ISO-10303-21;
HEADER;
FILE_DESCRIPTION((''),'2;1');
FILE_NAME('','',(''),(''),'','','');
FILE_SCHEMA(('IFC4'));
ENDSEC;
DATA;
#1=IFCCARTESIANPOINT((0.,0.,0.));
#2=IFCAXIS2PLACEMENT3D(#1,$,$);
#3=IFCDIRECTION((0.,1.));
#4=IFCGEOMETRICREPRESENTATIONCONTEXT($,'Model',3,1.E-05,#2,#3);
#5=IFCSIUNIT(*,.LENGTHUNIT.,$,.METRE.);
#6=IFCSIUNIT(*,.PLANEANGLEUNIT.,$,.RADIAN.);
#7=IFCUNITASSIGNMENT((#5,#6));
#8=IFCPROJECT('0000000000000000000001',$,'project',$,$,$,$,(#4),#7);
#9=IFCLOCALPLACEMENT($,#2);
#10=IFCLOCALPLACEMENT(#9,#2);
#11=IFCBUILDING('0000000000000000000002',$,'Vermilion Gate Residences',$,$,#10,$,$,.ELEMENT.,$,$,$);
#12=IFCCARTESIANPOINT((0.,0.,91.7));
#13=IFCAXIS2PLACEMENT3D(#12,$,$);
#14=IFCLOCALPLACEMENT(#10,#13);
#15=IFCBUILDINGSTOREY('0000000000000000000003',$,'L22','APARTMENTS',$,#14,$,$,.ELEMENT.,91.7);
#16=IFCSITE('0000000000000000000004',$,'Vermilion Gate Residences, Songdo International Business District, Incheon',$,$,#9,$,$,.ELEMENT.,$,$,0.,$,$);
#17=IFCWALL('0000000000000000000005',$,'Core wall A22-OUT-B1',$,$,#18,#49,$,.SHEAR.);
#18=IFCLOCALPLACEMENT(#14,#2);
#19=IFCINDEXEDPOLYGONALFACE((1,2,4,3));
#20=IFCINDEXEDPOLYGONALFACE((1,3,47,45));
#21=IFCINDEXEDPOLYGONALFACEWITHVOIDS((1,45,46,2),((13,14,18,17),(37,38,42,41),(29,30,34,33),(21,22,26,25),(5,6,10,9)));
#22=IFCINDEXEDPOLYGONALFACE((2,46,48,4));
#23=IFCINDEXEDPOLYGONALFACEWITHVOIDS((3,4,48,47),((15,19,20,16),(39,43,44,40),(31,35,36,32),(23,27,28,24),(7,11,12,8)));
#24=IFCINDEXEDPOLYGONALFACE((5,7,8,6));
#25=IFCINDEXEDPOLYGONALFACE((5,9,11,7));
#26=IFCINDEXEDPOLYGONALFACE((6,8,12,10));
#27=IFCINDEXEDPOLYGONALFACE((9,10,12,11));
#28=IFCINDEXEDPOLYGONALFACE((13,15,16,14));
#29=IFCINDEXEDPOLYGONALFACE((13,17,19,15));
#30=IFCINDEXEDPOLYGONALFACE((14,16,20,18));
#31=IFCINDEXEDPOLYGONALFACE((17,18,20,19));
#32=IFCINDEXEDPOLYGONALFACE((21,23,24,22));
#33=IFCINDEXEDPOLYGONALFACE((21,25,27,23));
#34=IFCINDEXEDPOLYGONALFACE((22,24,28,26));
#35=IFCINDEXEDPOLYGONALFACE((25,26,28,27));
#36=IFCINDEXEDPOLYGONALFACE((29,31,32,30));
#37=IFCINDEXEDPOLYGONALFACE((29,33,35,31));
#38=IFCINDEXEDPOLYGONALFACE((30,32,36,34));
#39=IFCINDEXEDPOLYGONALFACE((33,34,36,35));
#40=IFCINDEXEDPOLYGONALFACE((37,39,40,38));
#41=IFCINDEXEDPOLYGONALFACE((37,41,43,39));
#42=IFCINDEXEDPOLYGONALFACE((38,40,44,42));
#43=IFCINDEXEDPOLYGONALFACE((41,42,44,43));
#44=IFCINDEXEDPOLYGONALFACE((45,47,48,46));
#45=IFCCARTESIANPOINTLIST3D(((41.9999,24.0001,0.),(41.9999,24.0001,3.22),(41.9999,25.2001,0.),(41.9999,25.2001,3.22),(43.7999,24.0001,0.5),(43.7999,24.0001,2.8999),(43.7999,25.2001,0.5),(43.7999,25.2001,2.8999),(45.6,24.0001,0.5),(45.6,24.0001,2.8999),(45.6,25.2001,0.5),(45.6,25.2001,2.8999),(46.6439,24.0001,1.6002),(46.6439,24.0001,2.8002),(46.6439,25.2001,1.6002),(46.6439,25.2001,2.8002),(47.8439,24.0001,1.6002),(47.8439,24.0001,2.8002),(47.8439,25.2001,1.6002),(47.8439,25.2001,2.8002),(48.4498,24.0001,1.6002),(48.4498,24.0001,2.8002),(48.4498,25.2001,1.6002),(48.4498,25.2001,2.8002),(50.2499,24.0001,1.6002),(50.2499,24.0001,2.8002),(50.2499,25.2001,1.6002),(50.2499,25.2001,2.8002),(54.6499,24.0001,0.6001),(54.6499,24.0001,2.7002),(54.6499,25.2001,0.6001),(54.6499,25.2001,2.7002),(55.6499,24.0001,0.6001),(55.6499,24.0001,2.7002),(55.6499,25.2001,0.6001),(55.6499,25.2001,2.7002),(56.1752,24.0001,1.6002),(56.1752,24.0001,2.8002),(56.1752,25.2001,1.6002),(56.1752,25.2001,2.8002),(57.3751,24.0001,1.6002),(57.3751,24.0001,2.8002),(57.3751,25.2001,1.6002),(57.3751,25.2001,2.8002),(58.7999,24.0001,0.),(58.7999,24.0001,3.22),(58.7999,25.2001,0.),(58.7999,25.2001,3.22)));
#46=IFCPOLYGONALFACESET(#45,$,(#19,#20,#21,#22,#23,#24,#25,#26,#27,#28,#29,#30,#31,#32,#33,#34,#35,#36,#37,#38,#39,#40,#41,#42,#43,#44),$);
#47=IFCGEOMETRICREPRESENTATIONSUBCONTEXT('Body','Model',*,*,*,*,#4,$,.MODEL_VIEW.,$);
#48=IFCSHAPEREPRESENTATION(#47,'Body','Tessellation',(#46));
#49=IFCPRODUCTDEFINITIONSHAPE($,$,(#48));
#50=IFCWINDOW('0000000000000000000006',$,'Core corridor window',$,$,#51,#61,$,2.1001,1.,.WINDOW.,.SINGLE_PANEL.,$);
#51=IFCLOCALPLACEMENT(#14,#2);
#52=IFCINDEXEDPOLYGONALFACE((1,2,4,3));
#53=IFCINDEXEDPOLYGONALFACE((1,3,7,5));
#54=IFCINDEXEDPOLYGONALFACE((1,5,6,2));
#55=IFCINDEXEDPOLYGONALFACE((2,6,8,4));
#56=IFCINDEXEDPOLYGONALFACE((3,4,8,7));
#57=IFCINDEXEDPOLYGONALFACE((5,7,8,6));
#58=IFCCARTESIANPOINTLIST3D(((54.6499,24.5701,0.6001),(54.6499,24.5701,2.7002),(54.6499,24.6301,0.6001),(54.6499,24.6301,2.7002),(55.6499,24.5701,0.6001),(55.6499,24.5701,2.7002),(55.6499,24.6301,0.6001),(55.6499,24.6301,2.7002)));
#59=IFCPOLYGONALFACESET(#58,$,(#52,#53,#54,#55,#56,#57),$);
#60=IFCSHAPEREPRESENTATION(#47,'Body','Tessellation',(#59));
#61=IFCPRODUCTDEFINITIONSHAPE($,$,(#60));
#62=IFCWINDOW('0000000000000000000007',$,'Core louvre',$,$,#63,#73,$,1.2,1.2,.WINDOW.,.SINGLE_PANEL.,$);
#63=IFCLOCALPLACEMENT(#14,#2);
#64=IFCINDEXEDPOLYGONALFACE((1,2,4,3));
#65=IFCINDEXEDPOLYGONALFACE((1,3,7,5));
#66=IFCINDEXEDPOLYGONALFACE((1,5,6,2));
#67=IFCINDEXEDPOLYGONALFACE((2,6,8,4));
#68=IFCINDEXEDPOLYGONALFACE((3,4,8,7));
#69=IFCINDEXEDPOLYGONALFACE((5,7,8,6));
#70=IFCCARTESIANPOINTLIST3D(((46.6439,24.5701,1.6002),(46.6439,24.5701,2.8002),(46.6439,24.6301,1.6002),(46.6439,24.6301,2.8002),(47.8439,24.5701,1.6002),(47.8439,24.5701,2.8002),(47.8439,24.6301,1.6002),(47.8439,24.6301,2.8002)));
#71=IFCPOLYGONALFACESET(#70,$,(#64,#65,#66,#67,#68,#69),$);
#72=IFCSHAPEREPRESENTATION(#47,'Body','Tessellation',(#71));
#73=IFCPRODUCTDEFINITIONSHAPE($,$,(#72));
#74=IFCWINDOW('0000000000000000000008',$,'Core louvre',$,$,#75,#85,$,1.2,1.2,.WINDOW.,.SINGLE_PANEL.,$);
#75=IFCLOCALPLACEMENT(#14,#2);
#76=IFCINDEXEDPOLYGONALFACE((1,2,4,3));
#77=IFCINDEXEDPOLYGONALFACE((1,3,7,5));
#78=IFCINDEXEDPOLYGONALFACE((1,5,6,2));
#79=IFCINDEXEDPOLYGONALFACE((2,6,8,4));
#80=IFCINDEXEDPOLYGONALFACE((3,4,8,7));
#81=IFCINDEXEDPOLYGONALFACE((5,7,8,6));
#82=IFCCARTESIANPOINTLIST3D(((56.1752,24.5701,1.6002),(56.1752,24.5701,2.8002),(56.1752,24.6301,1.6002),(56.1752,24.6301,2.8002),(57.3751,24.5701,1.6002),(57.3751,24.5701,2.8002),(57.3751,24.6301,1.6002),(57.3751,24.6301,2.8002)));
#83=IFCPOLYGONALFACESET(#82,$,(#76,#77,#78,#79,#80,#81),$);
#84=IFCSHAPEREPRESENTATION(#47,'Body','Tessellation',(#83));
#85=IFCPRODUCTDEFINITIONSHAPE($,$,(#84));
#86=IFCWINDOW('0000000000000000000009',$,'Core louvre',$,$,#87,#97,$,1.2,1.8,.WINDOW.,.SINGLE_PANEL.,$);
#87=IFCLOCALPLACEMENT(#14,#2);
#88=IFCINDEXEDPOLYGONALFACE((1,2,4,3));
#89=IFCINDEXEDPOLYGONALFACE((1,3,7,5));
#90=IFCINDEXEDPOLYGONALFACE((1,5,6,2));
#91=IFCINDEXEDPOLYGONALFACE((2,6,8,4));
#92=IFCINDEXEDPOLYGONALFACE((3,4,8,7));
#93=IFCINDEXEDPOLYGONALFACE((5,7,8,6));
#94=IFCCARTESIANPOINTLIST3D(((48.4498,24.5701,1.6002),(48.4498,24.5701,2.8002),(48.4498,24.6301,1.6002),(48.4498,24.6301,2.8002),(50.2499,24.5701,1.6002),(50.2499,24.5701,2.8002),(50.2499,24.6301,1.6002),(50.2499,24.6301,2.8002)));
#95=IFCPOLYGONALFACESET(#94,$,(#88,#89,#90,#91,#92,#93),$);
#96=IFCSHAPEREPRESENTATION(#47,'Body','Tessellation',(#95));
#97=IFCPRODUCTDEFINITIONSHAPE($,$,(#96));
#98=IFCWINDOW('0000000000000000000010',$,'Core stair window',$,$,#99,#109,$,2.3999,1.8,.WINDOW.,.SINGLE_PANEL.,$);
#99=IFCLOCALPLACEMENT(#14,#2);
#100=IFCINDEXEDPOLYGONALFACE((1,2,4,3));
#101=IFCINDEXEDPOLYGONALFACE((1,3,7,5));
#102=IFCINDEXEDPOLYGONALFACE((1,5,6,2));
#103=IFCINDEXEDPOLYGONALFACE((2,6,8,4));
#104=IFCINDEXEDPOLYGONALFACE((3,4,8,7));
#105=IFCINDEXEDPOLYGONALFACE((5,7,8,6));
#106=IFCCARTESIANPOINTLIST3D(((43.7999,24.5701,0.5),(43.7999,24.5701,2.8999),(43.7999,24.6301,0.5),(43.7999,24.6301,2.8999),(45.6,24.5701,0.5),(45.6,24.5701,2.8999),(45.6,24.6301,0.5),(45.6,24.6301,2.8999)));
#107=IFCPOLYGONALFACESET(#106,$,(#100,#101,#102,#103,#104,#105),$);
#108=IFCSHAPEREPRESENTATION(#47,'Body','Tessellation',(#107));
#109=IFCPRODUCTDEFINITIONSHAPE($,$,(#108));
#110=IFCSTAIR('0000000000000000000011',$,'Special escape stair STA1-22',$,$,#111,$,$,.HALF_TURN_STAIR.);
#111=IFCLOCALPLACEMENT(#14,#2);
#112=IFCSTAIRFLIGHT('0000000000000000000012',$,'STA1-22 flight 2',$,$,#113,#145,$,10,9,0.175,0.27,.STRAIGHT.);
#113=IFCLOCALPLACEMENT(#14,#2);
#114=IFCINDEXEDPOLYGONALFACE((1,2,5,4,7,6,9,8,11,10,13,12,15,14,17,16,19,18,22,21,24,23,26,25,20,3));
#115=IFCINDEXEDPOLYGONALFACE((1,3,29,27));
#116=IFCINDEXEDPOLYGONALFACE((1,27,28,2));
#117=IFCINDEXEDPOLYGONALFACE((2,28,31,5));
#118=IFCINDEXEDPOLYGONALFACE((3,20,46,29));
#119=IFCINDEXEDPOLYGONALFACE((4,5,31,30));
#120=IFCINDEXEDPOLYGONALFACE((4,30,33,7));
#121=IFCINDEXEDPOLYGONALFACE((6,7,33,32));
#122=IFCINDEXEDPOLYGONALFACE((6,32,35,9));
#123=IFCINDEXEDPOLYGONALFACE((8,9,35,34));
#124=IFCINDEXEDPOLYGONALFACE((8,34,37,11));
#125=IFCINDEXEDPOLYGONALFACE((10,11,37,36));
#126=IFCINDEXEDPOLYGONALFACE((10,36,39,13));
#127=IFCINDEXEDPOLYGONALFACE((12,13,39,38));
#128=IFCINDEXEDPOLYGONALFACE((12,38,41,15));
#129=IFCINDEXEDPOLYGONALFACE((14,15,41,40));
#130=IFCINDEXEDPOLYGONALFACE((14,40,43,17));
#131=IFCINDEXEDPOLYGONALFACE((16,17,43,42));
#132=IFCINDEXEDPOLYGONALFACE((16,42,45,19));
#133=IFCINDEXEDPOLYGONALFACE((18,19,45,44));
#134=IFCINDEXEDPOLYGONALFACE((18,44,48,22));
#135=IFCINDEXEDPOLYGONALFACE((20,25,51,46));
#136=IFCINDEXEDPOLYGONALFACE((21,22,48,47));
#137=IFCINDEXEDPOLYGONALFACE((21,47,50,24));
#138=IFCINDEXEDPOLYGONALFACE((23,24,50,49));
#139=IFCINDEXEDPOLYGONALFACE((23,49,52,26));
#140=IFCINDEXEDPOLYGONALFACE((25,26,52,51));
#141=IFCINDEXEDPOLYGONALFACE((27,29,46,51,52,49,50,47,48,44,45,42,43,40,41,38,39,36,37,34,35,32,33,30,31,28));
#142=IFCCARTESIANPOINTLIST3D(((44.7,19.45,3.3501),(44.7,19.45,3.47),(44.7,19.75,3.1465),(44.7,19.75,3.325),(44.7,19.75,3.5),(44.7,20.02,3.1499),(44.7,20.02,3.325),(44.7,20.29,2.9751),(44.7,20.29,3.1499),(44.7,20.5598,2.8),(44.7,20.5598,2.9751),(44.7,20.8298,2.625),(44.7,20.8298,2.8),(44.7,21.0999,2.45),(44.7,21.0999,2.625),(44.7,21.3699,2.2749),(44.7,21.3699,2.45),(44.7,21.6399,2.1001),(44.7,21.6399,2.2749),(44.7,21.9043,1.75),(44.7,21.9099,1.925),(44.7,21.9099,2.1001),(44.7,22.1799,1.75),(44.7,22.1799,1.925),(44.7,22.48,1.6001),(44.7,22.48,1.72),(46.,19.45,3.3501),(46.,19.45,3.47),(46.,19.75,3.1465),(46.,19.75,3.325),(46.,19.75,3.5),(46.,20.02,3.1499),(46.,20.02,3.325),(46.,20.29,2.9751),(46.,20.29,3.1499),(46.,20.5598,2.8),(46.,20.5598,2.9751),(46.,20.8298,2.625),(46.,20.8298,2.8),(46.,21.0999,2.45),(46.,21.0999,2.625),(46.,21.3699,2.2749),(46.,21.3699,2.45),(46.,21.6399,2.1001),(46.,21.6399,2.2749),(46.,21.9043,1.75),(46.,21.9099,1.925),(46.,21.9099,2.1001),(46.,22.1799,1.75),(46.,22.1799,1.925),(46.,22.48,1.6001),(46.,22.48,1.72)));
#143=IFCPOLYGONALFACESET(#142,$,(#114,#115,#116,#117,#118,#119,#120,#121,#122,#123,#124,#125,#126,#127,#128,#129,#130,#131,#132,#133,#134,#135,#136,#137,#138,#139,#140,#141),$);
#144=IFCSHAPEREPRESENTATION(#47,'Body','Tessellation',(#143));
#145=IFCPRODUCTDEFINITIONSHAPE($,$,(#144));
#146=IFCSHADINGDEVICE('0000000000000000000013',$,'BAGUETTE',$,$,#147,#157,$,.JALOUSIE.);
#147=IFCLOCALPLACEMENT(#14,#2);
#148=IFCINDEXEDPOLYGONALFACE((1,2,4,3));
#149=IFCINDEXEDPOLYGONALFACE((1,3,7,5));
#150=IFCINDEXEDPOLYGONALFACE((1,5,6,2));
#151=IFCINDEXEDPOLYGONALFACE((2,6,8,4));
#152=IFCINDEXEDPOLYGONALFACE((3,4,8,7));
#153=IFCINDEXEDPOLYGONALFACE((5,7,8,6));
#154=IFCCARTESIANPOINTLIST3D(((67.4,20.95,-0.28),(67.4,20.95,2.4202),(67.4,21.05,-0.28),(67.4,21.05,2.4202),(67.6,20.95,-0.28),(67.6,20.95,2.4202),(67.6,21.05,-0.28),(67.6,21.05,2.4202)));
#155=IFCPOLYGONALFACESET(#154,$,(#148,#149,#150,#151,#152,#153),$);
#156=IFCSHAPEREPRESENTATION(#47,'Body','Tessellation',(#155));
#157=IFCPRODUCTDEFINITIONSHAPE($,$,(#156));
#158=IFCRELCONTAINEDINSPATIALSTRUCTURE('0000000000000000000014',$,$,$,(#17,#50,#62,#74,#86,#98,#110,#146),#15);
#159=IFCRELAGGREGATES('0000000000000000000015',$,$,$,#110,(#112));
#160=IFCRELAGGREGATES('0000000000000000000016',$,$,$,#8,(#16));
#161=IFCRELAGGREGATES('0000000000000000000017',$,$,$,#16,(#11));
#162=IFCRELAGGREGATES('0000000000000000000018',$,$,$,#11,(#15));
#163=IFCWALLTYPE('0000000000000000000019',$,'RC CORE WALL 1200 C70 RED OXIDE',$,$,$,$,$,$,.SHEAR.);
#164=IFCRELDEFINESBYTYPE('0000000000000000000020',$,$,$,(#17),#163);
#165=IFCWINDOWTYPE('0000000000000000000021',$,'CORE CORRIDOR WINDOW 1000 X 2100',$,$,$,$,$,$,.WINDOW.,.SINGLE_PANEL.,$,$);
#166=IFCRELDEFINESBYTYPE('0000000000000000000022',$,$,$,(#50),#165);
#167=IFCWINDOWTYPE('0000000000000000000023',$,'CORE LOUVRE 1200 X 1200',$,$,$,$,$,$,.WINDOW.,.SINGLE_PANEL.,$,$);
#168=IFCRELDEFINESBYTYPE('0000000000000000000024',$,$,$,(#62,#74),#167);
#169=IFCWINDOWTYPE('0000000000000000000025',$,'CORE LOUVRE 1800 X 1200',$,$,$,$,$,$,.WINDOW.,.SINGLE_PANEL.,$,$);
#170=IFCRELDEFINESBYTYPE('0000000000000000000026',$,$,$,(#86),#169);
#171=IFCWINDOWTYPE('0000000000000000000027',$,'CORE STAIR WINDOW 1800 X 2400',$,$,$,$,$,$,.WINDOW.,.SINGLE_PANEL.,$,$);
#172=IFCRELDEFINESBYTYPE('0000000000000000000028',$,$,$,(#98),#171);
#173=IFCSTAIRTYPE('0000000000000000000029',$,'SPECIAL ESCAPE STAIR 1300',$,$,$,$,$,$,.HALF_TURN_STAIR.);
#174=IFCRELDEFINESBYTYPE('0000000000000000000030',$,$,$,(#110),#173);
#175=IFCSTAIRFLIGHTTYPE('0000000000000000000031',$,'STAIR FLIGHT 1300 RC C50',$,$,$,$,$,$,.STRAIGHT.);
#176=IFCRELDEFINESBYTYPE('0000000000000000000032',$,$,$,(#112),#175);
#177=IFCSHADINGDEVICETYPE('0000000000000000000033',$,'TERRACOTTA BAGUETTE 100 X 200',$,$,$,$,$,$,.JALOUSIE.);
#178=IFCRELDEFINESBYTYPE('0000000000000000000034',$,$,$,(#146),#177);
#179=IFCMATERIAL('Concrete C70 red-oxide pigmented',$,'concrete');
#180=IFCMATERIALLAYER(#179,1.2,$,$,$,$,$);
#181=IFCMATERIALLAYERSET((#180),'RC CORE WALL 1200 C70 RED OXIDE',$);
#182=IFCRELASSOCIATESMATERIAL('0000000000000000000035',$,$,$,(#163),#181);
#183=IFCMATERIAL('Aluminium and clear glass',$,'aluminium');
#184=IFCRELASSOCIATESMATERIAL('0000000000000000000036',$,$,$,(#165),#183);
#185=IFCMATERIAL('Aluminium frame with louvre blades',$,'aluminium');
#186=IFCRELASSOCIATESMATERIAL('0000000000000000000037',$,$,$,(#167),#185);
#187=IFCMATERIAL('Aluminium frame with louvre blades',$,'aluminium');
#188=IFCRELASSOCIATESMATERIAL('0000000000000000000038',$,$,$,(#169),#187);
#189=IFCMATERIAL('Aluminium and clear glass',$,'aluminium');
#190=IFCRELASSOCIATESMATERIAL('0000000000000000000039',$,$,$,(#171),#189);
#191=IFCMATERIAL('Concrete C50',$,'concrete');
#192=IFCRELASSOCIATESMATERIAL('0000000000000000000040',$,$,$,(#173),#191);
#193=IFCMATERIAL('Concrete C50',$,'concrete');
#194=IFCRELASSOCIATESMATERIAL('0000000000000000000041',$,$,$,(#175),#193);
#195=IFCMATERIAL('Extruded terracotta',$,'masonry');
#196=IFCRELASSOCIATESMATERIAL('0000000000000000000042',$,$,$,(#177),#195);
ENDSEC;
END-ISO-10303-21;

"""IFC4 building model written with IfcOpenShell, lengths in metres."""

from ifc_helpers import new_model, si_unit, direction, frame, frame_2d, origin, origin_2d, place, context, subcontext, project, spatial, polyline, rectangle, outline, extrude, material, layer, layer_set, material_profile, profile_set, type_object, element, fill, aggregate, save


model = new_model("IFC4")

# Units and contexts
model_context = context("Model", 3, precision=1e-05, world=origin(), true_north=direction((0.0, 1.0)))
body_context = subcontext(model_context, "Body", "Model", "MODEL_VIEW")
ifc_project = project(units=[si_unit("LENGTHUNIT", "METRE"), si_unit("PLANEANGLEUNIT", "RADIAN")], contexts=[model_context])

# Site, building, storey
site_placement = place(None, origin())
site = spatial("IfcSite", under=ifc_project, at=site_placement, Name="Vermilion Gate Residences, Songdo International Business District, Incheon", CompositionType="ELEMENT", RefElevation=0.0)
building_placement = place(site_placement, origin())
building = spatial("IfcBuilding", under=site, at=building_placement, Name="Vermilion Gate Residences", CompositionType="ELEMENT")
storey_placement = place(building_placement, frame((0.0, 0.0, 91.7)))
storey = spatial("IfcBuildingStorey", under=building, at=storey_placement, Name="L22", Description="APARTMENTS", CompositionType="ELEMENT", Elevation=91.7)

# Wall, openings, windows
ifc_material_1 = material(Name="Concrete C70 red-oxide pigmented", Category="concrete")
ifc_layer_1 = layer(ifc_material_1, 1.2)
ifc_layer_set_1 = layer_set([ifc_layer_1], Name="RC CORE WALL 1200 C70 RED OXIDE")
wall_type_1 = type_object("IfcWallType", Name="RC CORE WALL 1200 C70 RED OXIDE", PredefinedType="SHEAR", material=ifc_layer_set_1)
wall_1_placement = place(storey_placement, frame((42.0, 24.6001, 0.0), z_axis=(0.0, 0.0, 1.0), x_axis=(1.0, 0.0, 0.0)))
wall_1 = element("IfcWall", 1, at=wall_1_placement, inside=storey, type_object=wall_type_1, Name="Core wall A22-OUT-B1", PredefinedType="SHEAR", context=body_context, shape_type="SweptSolid", body=[
    extrude(rectangle(XDim=16.8, YDim=1.2, at=frame_2d((8.3999, 0.0))), origin(), (0.0, 0.0, 1.0), 3.22),
])
opening_1_placement = place(wall_1_placement, frame((1.8, 0.0, 0.5)))
opening_1 = element("IfcOpeningElement", 2, at=opening_1_placement, cuts=wall_1, PredefinedType="OPENING", context=body_context, shape_type="SweptSolid", body=[
    extrude(rectangle(XDim=1.8, YDim=2.3999, at=frame_2d((0.8999, 1.2))), frame((0.0, 0.6099, 0.0), z_axis=(0.0, -1.0, 0.0), x_axis=(1.0, 0.0, 0.0)), (0.0, 0.0, 1.0), 1.22),
])
opening_2_placement = place(wall_1_placement, frame((4.6438, 0.0, 1.6001)))
opening_2 = element("IfcOpeningElement", 3, at=opening_2_placement, cuts=wall_1, PredefinedType="OPENING", context=body_context, shape_type="SweptSolid", body=[
    extrude(rectangle(XDim=1.2, YDim=1.2, at=frame_2d((0.6001, 0.6001))), frame((0.0, 0.6099, 0.0), z_axis=(0.0, -1.0, 0.0), x_axis=(1.0, 0.0, 0.0)), (0.0, 0.0, 1.0), 1.22),
])
opening_3_placement = place(wall_1_placement, frame((6.45, 0.0, 1.6001)))
opening_3 = element("IfcOpeningElement", 4, at=opening_3_placement, cuts=wall_1, PredefinedType="OPENING", context=body_context, shape_type="SweptSolid", body=[
    extrude(rectangle(XDim=1.8, YDim=1.2, at=frame_2d((0.8999, 0.6001))), frame((0.0, 0.6099, 0.0), z_axis=(0.0, -1.0, 0.0), x_axis=(1.0, 0.0, 0.0)), (0.0, 0.0, 1.0), 1.22),
])
opening_4_placement = place(wall_1_placement, frame((12.6499, 0.0, 0.6001)))
opening_4 = element("IfcOpeningElement", 5, at=opening_4_placement, cuts=wall_1, PredefinedType="OPENING", context=body_context, shape_type="SweptSolid", body=[
    extrude(rectangle(XDim=1.0, YDim=2.1001, at=frame_2d((0.5, 1.05))), frame((0.0, 0.6099, 0.0), z_axis=(0.0, -1.0, 0.0), x_axis=(1.0, 0.0, 0.0)), (0.0, 0.0, 1.0), 1.22),
])
opening_5_placement = place(wall_1_placement, frame((14.175, 0.0, 1.6001)))
opening_5 = element("IfcOpeningElement", 6, at=opening_5_placement, cuts=wall_1, PredefinedType="OPENING", context=body_context, shape_type="SweptSolid", body=[
    extrude(rectangle(XDim=1.2, YDim=1.2, at=frame_2d((0.6001, 0.6001))), frame((0.0, 0.6099, 0.0), z_axis=(0.0, -1.0, 0.0), x_axis=(1.0, 0.0, 0.0)), (0.0, 0.0, 1.0), 1.22),
])
ifc_material_2 = material(Name="Aluminium and clear glass", Category="aluminium")
window_type_1 = type_object("IfcWindowType", Name="CORE CORRIDOR WINDOW 1000 X 2100", PartitioningType="SINGLE_PANEL", PredefinedType="WINDOW", material=ifc_material_2)
window_1_placement = place(opening_4_placement, origin())
window_1 = element("IfcWindow", 7, at=window_1_placement, inside=storey, type_object=window_type_1, Name="Core corridor window", OverallHeight=2.1001, OverallWidth=1.0, PartitioningType="SINGLE_PANEL", PredefinedType="WINDOW", context=body_context, shape_type="SweptSolid", body=[
    extrude(rectangle(XDim=1.0, YDim=2.1001, at=frame_2d((0.5, 1.05))), frame((0.0, 0.03, 0.0), z_axis=(0.0, -1.0, 0.0), x_axis=(1.0, 0.0, 0.0)), (0.0, 0.0, 1.0), 0.0601),
])
fill(opening_4, window_1)
ifc_material_3 = material(Name="Aluminium frame with louvre blades", Category="aluminium")
window_type_2 = type_object("IfcWindowType", Name="CORE LOUVRE 1200 X 1200", PartitioningType="SINGLE_PANEL", PredefinedType="WINDOW", material=ifc_material_3)
window_2_placement = place(opening_2_placement, origin())
window_2 = element("IfcWindow", 8, at=window_2_placement, inside=storey, type_object=window_type_2, Name="Core louvre", OverallHeight=1.2, OverallWidth=1.2, PartitioningType="SINGLE_PANEL", PredefinedType="WINDOW", context=body_context, shape_type="SweptSolid", body=[
    extrude(rectangle(XDim=1.2, YDim=1.2, at=frame_2d((0.6001, 0.6001))), frame((0.0, 0.03, 0.0), z_axis=(0.0, -1.0, 0.0), x_axis=(1.0, 0.0, 0.0)), (0.0, 0.0, 1.0), 0.0601),
])
fill(opening_2, window_2)
window_3_placement = place(opening_5_placement, origin())
window_3 = element("IfcWindow", 9, at=window_3_placement, inside=storey, type_object=window_type_2, Name="Core louvre", OverallHeight=1.2, OverallWidth=1.2, PartitioningType="SINGLE_PANEL", PredefinedType="WINDOW", context=body_context, shape_type="SweptSolid", body=[
    extrude(rectangle(XDim=1.2, YDim=1.2, at=frame_2d((0.6001, 0.6001))), frame((0.0, 0.03, 0.0), z_axis=(0.0, -1.0, 0.0), x_axis=(1.0, 0.0, 0.0)), (0.0, 0.0, 1.0), 0.0601),
])
fill(opening_5, window_3)
ifc_material_4 = material(Name="Aluminium frame with louvre blades", Category="aluminium")
window_type_3 = type_object("IfcWindowType", Name="CORE LOUVRE 1800 X 1200", PartitioningType="SINGLE_PANEL", PredefinedType="WINDOW", material=ifc_material_4)
window_4_placement = place(opening_3_placement, origin())
window_4 = element("IfcWindow", 10, at=window_4_placement, inside=storey, type_object=window_type_3, Name="Core louvre", OverallHeight=1.2, OverallWidth=1.8, PartitioningType="SINGLE_PANEL", PredefinedType="WINDOW", context=body_context, shape_type="SweptSolid", body=[
    extrude(rectangle(XDim=1.8, YDim=1.2, at=frame_2d((0.8999, 0.6001))), frame((0.0, 0.03, 0.0), z_axis=(0.0, -1.0, 0.0), x_axis=(1.0, 0.0, 0.0)), (0.0, 0.0, 1.0), 0.0601),
])
fill(opening_3, window_4)
ifc_material_5 = material(Name="Aluminium and clear glass", Category="aluminium")
window_type_4 = type_object("IfcWindowType", Name="CORE STAIR WINDOW 1800 X 2400", PartitioningType="SINGLE_PANEL", PredefinedType="WINDOW", material=ifc_material_5)
window_5_placement = place(opening_1_placement, origin())
window_5 = element("IfcWindow", 11, at=window_5_placement, inside=storey, type_object=window_type_4, Name="Core stair window", OverallHeight=2.3999, OverallWidth=1.8, PartitioningType="SINGLE_PANEL", PredefinedType="WINDOW", context=body_context, shape_type="SweptSolid", body=[
    extrude(rectangle(XDim=1.8, YDim=2.3999, at=frame_2d((0.8999, 1.2))), frame((0.0, 0.03, 0.0), z_axis=(0.0, -1.0, 0.0), x_axis=(1.0, 0.0, 0.0)), (0.0, 0.0, 1.0), 0.0601),
])
fill(opening_1, window_5)

# Stair, stair flight
ifc_material_6 = material(Name="Concrete C50", Category="concrete")
stair_type = type_object("IfcStairType", Name="SPECIAL ESCAPE STAIR 1300", PredefinedType="HALF_TURN_STAIR", material=ifc_material_6)
stair_placement = place(storey_placement, origin())
stair = element("IfcStair", 12, at=stair_placement, inside=storey, type_object=stair_type, Name="Special escape stair STA1-22", PredefinedType="HALF_TURN_STAIR")
ifc_material_7 = material(Name="Concrete C50", Category="concrete")
stair_flight_type = type_object("IfcStairFlightType", Name="STAIR FLIGHT 1300 RC C50", PredefinedType="STRAIGHT", material=ifc_material_7)
stair_flight_placement = place(storey_placement, frame((45.3501, 22.1799, 1.75), z_axis=(0.0, 0.0, 1.0), x_axis=(0.0, -1.0, 0.0)))
stair_flight = element("IfcStairFlight", 13, at=stair_flight_placement, type_object=stair_flight_type, Name="STA1-22 flight 2", NumberOfRisers=10, NumberOfTreads=9, PredefinedType="STRAIGHT", RiserHeight=0.175, TreadLength=0.27, context=body_context, shape_type="SweptSolid", body=[
    extrude(outline(polyline([(-0.3, -0.1499), (-0.3, -0.03), (0.0, 0.0), (0.0, 0.175), (0.27, 0.175), (0.27, 0.3501), (0.54, 0.3501), (0.54, 0.5249), (0.8101, 0.5249), (0.8101, 0.7), (1.0801, 0.7), (1.0801, 0.875), (1.3501, 0.875), (1.3501, 1.05), (1.6201, 1.05), (1.6201, 1.2251), (1.8899, 1.2251), (1.8899, 1.3999), (2.1599, 1.3999), (2.1599, 1.575), (2.4299, 1.575), (2.4299, 1.75), (2.73, 1.72), (2.73, 1.6001), (2.4299, 1.3965), (0.2756, 0.0), (-0.3, -0.1499)])), frame((0.0, 0.6499, 0.0), z_axis=(0.0, -1.0, 0.0), x_axis=(1.0, 0.0, 0.0)), (0.0, 0.0, 1.0), 1.3),
])
aggregate(stair, [stair_flight])

# Shading device
ifc_material_8 = material(Name="Extruded terracotta", Category="masonry")
ifc_material_profile_1 = material_profile(ifc_material_8, rectangle(XDim=0.2, YDim=0.1001, at=origin_2d()), Name="BAGUETTE 100 X 200")
ifc_profile_set_1 = profile_set([ifc_material_profile_1], Name="Extruded terracotta")
shading_device_type_1 = type_object("IfcShadingDeviceType", Name="TERRACOTTA BAGUETTE 100 X 200", PredefinedType="JALOUSIE", material=ifc_profile_set_1)
for number, where, z_axis, x_axis, name in (
    (14, (67.5, 21.0, -0.28), (0.0, 0.0, 1.0), (-1.0, 0.0, 0.0), "BAGUETTE"),
):
    element("IfcShadingDevice", number, at=place(storey_placement, frame(where, z_axis=z_axis, x_axis=x_axis)), inside=storey, type_object=shading_device_type_1, Name=name, PredefinedType="JALOUSIE", context=body_context, shape_type="SweptSolid", body=[
        extrude(rectangle(XDim=0.2, YDim=0.1001, at=origin_2d()), origin(), (0.0, 0.0, 1.0), 2.7002),
    ])

save(model, "model.ifc")
